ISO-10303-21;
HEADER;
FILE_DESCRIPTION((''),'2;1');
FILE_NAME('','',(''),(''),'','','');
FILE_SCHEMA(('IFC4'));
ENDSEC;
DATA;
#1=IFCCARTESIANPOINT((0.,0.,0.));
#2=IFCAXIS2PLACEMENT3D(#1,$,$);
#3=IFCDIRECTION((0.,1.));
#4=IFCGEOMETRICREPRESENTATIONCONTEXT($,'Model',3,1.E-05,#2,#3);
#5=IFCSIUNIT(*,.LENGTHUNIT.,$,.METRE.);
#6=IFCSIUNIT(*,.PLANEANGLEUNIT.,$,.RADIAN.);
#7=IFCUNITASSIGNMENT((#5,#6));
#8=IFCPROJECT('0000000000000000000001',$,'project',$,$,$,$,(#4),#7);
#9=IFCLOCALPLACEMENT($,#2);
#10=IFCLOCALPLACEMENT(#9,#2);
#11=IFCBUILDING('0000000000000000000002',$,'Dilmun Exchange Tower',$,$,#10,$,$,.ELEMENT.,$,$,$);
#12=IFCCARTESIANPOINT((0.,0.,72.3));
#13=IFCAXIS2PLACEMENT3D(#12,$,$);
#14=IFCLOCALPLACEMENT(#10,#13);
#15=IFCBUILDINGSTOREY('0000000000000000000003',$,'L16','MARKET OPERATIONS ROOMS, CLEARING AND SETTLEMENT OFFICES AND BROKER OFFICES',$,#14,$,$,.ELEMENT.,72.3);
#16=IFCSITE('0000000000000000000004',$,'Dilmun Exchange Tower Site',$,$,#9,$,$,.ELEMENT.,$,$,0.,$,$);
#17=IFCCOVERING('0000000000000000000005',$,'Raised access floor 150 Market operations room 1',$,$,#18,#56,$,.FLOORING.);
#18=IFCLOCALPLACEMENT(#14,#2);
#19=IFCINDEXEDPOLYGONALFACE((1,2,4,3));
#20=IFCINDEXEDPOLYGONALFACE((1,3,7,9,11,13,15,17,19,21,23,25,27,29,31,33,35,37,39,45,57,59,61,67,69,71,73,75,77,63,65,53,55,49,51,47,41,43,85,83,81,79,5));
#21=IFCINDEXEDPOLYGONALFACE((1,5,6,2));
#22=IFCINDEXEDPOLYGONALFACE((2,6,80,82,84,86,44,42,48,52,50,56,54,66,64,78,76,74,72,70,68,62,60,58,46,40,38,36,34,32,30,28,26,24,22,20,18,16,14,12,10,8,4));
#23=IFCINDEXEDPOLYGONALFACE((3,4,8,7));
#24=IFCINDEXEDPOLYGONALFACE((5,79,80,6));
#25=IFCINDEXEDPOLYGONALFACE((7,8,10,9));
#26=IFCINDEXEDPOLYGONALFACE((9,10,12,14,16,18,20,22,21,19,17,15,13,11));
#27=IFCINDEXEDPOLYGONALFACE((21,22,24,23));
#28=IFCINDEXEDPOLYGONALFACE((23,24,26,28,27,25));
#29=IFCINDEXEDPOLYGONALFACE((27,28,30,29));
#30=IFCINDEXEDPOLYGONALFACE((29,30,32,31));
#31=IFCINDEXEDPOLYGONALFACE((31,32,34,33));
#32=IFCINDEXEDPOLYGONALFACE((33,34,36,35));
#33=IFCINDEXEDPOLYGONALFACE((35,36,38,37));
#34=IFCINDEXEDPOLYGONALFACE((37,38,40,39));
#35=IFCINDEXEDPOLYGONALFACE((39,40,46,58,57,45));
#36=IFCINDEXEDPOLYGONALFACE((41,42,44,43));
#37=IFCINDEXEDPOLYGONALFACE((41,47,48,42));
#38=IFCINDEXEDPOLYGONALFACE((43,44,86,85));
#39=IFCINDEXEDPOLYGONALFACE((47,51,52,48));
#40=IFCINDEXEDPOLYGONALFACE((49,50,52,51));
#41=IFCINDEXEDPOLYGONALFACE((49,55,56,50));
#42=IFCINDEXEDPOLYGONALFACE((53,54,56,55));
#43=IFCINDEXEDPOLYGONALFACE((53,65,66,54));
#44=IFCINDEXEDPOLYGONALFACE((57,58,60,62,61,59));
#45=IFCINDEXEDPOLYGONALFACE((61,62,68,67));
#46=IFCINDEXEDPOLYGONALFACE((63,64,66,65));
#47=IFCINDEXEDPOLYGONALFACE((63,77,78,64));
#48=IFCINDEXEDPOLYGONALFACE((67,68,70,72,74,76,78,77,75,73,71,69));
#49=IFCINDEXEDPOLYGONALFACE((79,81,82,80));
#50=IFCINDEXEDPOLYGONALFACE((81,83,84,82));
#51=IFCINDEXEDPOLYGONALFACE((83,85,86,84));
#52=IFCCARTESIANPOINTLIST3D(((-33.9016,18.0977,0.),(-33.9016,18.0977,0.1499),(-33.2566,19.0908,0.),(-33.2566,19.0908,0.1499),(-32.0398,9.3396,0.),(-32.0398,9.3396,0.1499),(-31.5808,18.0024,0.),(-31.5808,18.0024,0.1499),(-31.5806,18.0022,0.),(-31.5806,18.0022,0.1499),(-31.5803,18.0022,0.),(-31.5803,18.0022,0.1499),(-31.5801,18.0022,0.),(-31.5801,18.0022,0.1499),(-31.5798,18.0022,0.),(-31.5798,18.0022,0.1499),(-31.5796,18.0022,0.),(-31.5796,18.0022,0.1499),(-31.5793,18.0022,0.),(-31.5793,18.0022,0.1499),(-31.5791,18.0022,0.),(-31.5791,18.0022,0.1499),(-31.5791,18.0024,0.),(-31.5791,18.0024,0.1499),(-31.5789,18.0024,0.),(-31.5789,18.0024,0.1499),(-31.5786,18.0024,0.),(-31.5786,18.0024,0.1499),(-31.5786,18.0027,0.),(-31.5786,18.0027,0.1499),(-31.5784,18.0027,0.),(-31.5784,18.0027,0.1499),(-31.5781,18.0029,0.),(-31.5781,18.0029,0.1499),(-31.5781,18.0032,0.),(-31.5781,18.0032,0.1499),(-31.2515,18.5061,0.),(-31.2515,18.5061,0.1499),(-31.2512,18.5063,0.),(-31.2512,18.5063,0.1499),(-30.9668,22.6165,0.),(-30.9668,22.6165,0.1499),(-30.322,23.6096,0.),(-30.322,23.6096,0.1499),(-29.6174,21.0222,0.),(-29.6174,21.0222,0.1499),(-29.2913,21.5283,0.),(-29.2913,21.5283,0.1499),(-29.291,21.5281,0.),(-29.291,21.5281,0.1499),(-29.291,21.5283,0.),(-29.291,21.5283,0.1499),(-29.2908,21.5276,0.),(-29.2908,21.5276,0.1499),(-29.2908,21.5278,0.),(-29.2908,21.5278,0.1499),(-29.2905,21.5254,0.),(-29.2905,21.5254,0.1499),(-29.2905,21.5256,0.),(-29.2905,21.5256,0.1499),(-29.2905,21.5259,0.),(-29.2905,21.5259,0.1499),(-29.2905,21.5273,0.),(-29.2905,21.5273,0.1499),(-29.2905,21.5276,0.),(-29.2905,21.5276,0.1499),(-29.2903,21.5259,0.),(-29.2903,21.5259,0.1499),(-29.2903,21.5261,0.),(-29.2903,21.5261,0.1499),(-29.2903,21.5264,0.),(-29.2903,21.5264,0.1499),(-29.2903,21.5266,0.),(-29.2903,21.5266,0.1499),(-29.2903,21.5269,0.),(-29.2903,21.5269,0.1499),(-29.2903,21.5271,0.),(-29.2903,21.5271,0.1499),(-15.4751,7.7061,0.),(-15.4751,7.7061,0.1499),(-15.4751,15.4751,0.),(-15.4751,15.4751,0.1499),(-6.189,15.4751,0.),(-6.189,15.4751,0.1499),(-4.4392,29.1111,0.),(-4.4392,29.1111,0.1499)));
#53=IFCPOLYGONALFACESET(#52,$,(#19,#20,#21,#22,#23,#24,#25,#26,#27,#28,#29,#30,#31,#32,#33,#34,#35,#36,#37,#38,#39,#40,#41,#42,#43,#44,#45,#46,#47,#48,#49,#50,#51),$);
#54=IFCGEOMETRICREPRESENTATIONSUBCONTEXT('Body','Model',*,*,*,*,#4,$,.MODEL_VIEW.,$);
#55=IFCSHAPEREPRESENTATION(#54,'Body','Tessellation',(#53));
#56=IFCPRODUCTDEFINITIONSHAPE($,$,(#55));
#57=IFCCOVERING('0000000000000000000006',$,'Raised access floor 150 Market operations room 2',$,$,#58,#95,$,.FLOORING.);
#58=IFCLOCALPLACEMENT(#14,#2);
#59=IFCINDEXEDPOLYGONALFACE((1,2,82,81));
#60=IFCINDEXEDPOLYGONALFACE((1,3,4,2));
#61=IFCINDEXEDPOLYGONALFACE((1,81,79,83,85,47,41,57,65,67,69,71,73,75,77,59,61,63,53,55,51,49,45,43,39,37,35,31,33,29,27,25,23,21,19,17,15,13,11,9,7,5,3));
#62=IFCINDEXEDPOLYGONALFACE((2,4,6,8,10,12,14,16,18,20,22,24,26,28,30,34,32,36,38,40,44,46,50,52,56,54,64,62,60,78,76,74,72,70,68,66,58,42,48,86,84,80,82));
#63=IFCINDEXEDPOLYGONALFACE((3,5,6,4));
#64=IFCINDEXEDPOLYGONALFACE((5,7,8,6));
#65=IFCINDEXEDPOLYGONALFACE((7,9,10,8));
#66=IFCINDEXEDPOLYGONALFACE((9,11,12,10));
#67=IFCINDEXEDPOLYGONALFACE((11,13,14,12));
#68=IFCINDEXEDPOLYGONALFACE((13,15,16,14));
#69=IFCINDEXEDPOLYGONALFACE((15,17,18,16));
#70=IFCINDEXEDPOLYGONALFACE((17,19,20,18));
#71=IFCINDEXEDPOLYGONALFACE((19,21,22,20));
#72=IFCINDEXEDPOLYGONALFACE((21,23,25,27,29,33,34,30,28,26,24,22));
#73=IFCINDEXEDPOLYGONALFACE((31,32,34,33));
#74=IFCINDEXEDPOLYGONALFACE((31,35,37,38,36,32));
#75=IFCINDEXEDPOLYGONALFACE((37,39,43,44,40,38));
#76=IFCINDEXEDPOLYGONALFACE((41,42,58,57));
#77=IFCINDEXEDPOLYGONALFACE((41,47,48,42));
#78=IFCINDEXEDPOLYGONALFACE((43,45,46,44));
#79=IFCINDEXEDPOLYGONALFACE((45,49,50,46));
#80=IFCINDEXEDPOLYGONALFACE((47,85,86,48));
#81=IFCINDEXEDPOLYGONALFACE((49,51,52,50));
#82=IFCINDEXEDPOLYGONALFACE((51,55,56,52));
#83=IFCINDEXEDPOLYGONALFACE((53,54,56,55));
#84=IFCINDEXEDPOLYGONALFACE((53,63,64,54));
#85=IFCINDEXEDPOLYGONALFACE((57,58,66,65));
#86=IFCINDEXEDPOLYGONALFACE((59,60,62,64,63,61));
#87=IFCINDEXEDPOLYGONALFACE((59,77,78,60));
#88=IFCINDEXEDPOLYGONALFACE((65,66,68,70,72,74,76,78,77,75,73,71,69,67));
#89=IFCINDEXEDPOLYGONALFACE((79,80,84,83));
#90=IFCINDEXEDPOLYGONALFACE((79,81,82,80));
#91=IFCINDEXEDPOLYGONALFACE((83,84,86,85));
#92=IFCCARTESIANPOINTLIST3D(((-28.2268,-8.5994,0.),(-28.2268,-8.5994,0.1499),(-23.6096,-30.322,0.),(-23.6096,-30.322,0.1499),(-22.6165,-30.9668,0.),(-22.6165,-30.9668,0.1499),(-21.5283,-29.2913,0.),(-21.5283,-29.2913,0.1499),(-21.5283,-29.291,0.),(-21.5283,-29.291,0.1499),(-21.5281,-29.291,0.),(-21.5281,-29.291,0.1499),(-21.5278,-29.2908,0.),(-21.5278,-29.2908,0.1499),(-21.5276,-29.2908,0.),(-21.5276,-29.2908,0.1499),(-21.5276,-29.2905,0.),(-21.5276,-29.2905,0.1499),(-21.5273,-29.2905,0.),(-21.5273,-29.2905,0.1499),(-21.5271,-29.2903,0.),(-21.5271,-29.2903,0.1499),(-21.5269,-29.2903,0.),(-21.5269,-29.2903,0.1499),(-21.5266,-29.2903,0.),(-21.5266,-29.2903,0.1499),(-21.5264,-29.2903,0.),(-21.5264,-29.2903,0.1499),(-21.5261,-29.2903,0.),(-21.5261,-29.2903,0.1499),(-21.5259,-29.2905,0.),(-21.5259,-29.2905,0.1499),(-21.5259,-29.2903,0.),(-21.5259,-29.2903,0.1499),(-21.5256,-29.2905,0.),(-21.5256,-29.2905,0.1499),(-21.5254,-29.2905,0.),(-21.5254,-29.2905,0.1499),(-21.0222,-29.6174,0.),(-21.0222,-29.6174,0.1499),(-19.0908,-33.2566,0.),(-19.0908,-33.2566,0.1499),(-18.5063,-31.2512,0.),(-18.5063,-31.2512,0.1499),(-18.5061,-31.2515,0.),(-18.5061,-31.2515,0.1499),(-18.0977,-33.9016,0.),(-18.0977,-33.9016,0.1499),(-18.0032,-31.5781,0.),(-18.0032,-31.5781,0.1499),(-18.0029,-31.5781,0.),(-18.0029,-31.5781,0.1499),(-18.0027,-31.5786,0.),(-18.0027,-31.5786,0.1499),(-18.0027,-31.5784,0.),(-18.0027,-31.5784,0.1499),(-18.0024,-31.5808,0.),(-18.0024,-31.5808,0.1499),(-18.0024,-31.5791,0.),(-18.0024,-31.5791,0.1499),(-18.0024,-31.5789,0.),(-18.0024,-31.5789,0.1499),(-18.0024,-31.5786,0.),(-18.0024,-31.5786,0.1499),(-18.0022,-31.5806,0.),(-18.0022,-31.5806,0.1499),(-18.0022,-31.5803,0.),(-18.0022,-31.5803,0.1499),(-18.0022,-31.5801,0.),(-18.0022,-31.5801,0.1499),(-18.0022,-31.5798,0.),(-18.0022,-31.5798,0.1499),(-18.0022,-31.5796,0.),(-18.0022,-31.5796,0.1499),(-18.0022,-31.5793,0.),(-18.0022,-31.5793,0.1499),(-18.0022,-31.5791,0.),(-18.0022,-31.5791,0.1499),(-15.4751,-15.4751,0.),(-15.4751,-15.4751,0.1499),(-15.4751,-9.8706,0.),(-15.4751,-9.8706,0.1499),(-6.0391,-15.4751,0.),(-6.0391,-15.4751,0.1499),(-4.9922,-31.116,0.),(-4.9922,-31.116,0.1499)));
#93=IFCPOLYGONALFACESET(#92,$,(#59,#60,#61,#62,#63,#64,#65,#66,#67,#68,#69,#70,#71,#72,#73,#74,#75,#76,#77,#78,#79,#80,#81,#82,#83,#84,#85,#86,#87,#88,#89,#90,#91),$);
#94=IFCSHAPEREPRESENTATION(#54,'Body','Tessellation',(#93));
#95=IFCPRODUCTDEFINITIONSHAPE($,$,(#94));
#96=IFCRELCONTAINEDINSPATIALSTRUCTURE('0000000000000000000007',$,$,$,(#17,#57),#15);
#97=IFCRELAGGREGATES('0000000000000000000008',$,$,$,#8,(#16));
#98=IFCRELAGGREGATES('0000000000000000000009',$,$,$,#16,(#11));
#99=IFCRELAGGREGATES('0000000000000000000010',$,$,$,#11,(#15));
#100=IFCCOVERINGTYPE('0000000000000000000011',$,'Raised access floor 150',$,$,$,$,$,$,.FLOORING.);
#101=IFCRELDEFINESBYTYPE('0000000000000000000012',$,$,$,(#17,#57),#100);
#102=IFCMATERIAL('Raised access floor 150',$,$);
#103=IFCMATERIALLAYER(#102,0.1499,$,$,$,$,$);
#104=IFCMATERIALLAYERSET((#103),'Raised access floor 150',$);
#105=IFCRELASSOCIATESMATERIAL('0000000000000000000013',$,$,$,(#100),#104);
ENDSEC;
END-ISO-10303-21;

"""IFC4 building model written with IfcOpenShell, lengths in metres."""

from ifc_helpers import new_model, si_unit, direction, frame, origin, place, context, subcontext, project, spatial, polyline, outline, extrude, material, layer, layer_set, type_object, element, save


model = new_model("IFC4")

# Units and contexts
model_context = context("Model", 3, precision=1e-05, world=origin(), true_north=direction((0.0, 1.0)))
body_context = subcontext(model_context, "Body", "Model", "MODEL_VIEW")
ifc_project = project(units=[si_unit("LENGTHUNIT", "METRE"), si_unit("PLANEANGLEUNIT", "RADIAN")], contexts=[model_context])

# Site, building, storey
site_placement = place(None, origin())
site = spatial("IfcSite", under=ifc_project, at=site_placement, Name="Dilmun Exchange Tower Site", CompositionType="ELEMENT", RefElevation=0.0)
building_placement = place(site_placement, origin())
building = spatial("IfcBuilding", under=site, at=building_placement, Name="Dilmun Exchange Tower", CompositionType="ELEMENT")
storey_placement = place(building_placement, frame((0.0, 0.0, 72.3)))
storey = spatial("IfcBuildingStorey", under=building, at=storey_placement, Name="L16", Description="MARKET OPERATIONS ROOMS, CLEARING AND SETTLEMENT OFFICES AND BROKER OFFICES", CompositionType="ELEMENT", Elevation=72.3)

# Coverings
ifc_material_1 = material(Name="Raised access floor 150")
ifc_layer_1 = layer(ifc_material_1, 0.1499)
ifc_layer_set_1 = layer_set([ifc_layer_1], Name="Raised access floor 150")
covering_type_1 = type_object("IfcCoveringType", Name="Raised access floor 150", PredefinedType="FLOORING", material=ifc_layer_set_1)
covering_1_placement = place(storey_placement, origin())
element("IfcCovering", 1, at=covering_1_placement, inside=storey, type_object=covering_type_1, Name="Raised access floor 150 Market operations room 1", PredefinedType="FLOORING", context=body_context, shape_type="SweptSolid", body=[
    extrude(outline(polyline([(-6.189, 15.4751), (-15.4751, 15.4751), (-15.4751, 7.7061), (-32.0398, 9.3396), (-33.9016, 18.0977), (-33.2566, 19.0908), (-31.5808, 18.0024), (-31.5808, 18.0024), (-31.5806, 18.0022), (-31.5803, 18.0022), (-31.5801, 18.0022), (-31.5801, 18.0022), (-31.5798, 18.0022), (-31.5796, 18.0022), (-31.5793, 18.0022), (-31.5791, 18.0022), (-31.5791, 18.0024), (-31.5789, 18.0024), (-31.5786, 18.0024), (-31.5786, 18.0027), (-31.5784, 18.0027), (-31.5781, 18.0029), (-31.5781, 18.0032), (-31.2515, 18.5061), (-31.2512, 18.5063), (-29.6174, 21.0222), (-29.2905, 21.5254), (-29.2905, 21.5256), (-29.2905, 21.5259), (-29.2903, 21.5259), (-29.2903, 21.5261), (-29.2903, 21.5264), (-29.2903, 21.5266), (-29.2903, 21.5269), (-29.2903, 21.5271), (-29.2903, 21.5271), (-29.2905, 21.5273), (-29.2905, 21.5276), (-29.2908, 21.5276), (-29.2908, 21.5278), (-29.291, 21.5281), (-29.291, 21.5283), (-29.2913, 21.5283), (-30.9668, 22.6165), (-30.322, 23.6096), (-4.4392, 29.1111), (-6.189, 15.4751)])), origin(), (0.0, 0.0, 1.0), 0.1499),
])
covering_2_placement = place(storey_placement, origin())
element("IfcCovering", 2, at=covering_2_placement, inside=storey, type_object=covering_type_1, Name="Raised access floor 150 Market operations room 2", PredefinedType="FLOORING", context=body_context, shape_type="SweptSolid", body=[
    extrude(outline(polyline([(-15.4751, -9.8706), (-15.4751, -15.4751), (-6.0391, -15.4751), (-4.9922, -31.116), (-18.0977, -33.9016), (-19.0908, -33.2566), (-18.0024, -31.5808), (-18.0024, -31.5808), (-18.0022, -31.5806), (-18.0022, -31.5803), (-18.0022, -31.5801), (-18.0022, -31.5801), (-18.0022, -31.5798), (-18.0022, -31.5796), (-18.0022, -31.5793), (-18.0022, -31.5791), (-18.0024, -31.5791), (-18.0024, -31.5789), (-18.0024, -31.5786), (-18.0027, -31.5786), (-18.0027, -31.5784), (-18.0029, -31.5781), (-18.0032, -31.5781), (-18.5061, -31.2515), (-18.5063, -31.2512), (-21.0222, -29.6174), (-21.5254, -29.2905), (-21.5256, -29.2905), (-21.5259, -29.2905), (-21.5259, -29.2903), (-21.5261, -29.2903), (-21.5264, -29.2903), (-21.5266, -29.2903), (-21.5269, -29.2903), (-21.5271, -29.2903), (-21.5271, -29.2903), (-21.5273, -29.2905), (-21.5276, -29.2905), (-21.5276, -29.2908), (-21.5278, -29.2908), (-21.5281, -29.291), (-21.5283, -29.291), (-21.5283, -29.2913), (-22.6165, -30.9668), (-23.6096, -30.322), (-28.2268, -8.5994), (-15.4751, -9.8706)])), origin(), (0.0, 0.0, 1.0), 0.1499),
])

save(model, "model.ifc")
